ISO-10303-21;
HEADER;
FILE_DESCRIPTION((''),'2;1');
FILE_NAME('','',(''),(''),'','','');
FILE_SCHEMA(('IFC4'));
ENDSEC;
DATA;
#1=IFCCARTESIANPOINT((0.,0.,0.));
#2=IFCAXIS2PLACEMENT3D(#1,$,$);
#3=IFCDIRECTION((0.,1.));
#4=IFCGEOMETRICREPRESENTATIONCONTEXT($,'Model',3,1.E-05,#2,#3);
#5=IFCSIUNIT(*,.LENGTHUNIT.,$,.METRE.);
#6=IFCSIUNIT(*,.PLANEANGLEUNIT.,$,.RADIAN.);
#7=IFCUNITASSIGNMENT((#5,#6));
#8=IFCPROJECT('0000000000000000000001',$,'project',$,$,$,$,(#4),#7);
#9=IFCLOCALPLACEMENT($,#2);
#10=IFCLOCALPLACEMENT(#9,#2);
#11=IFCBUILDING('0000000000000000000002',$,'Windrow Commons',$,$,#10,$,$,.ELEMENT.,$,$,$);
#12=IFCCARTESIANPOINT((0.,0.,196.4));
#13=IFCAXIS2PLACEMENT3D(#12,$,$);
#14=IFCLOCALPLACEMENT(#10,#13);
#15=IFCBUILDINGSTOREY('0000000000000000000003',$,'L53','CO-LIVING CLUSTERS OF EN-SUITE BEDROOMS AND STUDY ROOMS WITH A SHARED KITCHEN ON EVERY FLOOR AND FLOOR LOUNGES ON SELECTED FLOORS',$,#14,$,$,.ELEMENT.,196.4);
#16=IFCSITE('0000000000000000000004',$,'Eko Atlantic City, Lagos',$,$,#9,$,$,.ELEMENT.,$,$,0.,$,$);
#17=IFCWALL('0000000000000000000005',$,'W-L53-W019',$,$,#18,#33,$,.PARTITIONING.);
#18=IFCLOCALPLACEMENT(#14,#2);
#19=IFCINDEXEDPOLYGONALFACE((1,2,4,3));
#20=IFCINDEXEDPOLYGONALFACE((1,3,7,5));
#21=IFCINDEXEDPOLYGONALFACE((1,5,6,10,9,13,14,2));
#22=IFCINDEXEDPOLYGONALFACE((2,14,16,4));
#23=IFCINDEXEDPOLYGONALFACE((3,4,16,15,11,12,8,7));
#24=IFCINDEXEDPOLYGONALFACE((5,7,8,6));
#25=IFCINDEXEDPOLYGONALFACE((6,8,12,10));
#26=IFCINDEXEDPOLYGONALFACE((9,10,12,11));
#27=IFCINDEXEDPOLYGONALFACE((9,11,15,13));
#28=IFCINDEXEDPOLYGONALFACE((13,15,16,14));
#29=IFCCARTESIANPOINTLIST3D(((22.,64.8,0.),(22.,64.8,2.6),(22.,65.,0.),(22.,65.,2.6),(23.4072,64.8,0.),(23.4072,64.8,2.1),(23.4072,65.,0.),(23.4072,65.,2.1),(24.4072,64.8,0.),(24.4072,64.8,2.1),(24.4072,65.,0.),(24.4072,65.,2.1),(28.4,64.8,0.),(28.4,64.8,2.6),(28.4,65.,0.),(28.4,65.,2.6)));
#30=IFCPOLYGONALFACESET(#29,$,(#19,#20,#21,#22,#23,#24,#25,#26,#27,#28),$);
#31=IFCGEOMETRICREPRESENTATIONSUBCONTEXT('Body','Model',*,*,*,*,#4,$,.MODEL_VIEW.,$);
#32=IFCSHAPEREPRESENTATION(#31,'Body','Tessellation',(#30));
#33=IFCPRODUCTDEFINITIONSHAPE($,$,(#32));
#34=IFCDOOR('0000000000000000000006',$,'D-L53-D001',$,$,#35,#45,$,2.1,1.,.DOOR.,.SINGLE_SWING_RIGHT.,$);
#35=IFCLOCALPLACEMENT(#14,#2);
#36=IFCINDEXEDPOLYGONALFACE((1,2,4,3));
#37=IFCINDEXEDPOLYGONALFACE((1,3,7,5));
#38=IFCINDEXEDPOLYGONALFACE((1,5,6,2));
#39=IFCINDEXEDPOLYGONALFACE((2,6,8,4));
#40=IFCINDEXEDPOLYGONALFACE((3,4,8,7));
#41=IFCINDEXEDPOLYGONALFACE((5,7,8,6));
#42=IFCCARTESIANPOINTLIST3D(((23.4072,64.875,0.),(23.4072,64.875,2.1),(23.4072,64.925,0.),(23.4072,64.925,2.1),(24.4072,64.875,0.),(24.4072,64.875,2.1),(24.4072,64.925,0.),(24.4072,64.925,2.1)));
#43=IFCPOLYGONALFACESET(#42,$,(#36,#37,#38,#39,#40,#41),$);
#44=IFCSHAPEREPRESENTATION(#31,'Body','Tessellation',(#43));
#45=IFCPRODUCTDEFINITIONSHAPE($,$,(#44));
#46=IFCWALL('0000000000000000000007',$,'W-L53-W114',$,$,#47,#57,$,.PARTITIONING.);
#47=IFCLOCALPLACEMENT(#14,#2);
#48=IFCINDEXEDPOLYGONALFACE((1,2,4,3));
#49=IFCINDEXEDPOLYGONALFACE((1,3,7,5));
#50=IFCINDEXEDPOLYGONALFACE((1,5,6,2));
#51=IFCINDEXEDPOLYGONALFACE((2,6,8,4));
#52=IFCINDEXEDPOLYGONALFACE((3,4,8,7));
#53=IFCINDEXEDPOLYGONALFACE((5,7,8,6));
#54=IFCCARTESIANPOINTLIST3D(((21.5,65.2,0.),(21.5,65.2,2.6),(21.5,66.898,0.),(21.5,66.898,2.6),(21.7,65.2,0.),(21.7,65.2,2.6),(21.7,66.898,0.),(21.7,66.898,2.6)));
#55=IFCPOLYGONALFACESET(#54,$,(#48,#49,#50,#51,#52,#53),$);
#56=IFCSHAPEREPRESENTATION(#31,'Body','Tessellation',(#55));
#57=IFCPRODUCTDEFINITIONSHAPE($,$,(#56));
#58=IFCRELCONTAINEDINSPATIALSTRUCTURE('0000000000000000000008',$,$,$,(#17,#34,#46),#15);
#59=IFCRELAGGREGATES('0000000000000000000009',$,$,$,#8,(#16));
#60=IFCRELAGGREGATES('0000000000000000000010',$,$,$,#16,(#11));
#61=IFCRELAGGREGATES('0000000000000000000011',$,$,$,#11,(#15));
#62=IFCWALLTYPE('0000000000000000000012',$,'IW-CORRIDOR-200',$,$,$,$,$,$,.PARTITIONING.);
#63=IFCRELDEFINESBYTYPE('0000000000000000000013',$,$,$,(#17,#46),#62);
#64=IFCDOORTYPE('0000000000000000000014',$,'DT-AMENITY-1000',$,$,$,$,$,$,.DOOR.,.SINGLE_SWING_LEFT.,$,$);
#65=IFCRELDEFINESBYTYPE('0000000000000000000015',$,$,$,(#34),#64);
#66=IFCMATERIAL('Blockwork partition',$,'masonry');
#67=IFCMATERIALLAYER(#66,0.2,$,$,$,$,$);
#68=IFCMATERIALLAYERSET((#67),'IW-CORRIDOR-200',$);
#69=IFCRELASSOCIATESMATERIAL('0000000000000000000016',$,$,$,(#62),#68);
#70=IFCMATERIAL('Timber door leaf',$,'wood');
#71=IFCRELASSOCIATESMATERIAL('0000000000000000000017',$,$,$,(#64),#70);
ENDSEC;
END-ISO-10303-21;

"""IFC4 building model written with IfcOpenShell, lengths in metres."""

from ifc_helpers import new_model, si_unit, direction, frame, frame_2d, origin, place, context, subcontext, project, spatial, rectangle, extrude, material, layer, layer_set, type_object, element, fill, save


model = new_model("IFC4")

# Units and contexts
model_context = context("Model", 3, precision=1e-05, world=origin(), true_north=direction((0.0, 1.0)))
body_context = subcontext(model_context, "Body", "Model", "MODEL_VIEW")
ifc_project = project(units=[si_unit("LENGTHUNIT", "METRE"), si_unit("PLANEANGLEUNIT", "RADIAN")], contexts=[model_context])

# Site, building, storey
site_placement = place(None, origin())
site = spatial("IfcSite", under=ifc_project, at=site_placement, Name="Eko Atlantic City, Lagos", CompositionType="ELEMENT", RefElevation=0.0)
building_placement = place(site_placement, origin())
building = spatial("IfcBuilding", under=site, at=building_placement, Name="Windrow Commons", CompositionType="ELEMENT")
storey_placement = place(building_placement, frame((0.0, 0.0, 196.4)))
storey = spatial("IfcBuildingStorey", under=building, at=storey_placement, Name="L53", Description="CO-LIVING CLUSTERS OF EN-SUITE BEDROOMS AND STUDY ROOMS WITH A SHARED KITCHEN ON EVERY FLOOR AND FLOOR LOUNGES ON SELECTED FLOORS", CompositionType="ELEMENT", Elevation=196.4)

# Wall, opening, door
ifc_material_1 = material(Name="Blockwork partition", Category="masonry")
ifc_layer_1 = layer(ifc_material_1, 0.2)
ifc_layer_set_1 = layer_set([ifc_layer_1], Name="IW-CORRIDOR-200")
wall_type_1 = type_object("IfcWallType", Name="IW-CORRIDOR-200", PredefinedType="PARTITIONING", material=ifc_layer_set_1)
wall_1_placement = place(storey_placement, frame((22.0, 64.9, 0.0), z_axis=(0.0, 0.0, 1.0), x_axis=(1.0, 0.0, 0.0)))
wall_1 = element("IfcWall", 1, at=wall_1_placement, inside=storey, type_object=wall_type_1, Name="W-L53-W019", PredefinedType="PARTITIONING", context=body_context, shape_type="SweptSolid", body=[
    extrude(rectangle(XDim=6.4, YDim=0.2, at=frame_2d((3.2, 0.0))), origin(), (0.0, 0.0, 1.0), 2.6),
])
opening_1_placement = place(wall_1_placement, frame((1.4072, 0.0, 0.0)))
opening_1 = element("IfcOpeningElement", 2, at=opening_1_placement, cuts=wall_1, PredefinedType="OPENING", context=body_context, shape_type="SweptSolid", body=[
    extrude(rectangle(XDim=1.0, YDim=2.1, at=frame_2d((0.5, 1.05))), frame((0.0, 0.11, 0.0), z_axis=(0.0, -1.0, 0.0), x_axis=(1.0, 0.0, 0.0)), (0.0, 0.0, 1.0), 0.22),
])
ifc_material_2 = material(Name="Timber door leaf", Category="wood")
door_type = type_object("IfcDoorType", Name="DT-AMENITY-1000", OperationType="SINGLE_SWING_LEFT", PredefinedType="DOOR", material=ifc_material_2)
door_placement = place(opening_1_placement, origin())
door = element("IfcDoor", 3, at=door_placement, inside=storey, type_object=door_type, Name="D-L53-D001", OperationType="SINGLE_SWING_RIGHT", OverallHeight=2.1, OverallWidth=1.0, PredefinedType="DOOR", context=body_context, shape_type="SweptSolid", body=[
    extrude(rectangle(XDim=1.0, YDim=2.1, at=frame_2d((0.5, 1.05))), frame((0.0, 0.025, 0.0), z_axis=(0.0, -1.0, 0.0), x_axis=(1.0, 0.0, 0.0)), (0.0, 0.0, 1.0), 0.05),
])
fill(opening_1, door)

# Wall
wall_2_placement = place(storey_placement, frame((21.6, 65.2, 0.0), z_axis=(0.0, 0.0, 1.0), x_axis=(0.0, 1.0, 0.0)))
element("IfcWall", 4, at=wall_2_placement, inside=storey, type_object=wall_type_1, Name="W-L53-W114", PredefinedType="PARTITIONING", context=body_context, shape_type="SweptSolid", body=[
    extrude(rectangle(XDim=1.698, YDim=0.2, at=frame_2d((0.849, 0.0))), origin(), (0.0, 0.0, 1.0), 2.6),
])

save(model, "model.ifc")
